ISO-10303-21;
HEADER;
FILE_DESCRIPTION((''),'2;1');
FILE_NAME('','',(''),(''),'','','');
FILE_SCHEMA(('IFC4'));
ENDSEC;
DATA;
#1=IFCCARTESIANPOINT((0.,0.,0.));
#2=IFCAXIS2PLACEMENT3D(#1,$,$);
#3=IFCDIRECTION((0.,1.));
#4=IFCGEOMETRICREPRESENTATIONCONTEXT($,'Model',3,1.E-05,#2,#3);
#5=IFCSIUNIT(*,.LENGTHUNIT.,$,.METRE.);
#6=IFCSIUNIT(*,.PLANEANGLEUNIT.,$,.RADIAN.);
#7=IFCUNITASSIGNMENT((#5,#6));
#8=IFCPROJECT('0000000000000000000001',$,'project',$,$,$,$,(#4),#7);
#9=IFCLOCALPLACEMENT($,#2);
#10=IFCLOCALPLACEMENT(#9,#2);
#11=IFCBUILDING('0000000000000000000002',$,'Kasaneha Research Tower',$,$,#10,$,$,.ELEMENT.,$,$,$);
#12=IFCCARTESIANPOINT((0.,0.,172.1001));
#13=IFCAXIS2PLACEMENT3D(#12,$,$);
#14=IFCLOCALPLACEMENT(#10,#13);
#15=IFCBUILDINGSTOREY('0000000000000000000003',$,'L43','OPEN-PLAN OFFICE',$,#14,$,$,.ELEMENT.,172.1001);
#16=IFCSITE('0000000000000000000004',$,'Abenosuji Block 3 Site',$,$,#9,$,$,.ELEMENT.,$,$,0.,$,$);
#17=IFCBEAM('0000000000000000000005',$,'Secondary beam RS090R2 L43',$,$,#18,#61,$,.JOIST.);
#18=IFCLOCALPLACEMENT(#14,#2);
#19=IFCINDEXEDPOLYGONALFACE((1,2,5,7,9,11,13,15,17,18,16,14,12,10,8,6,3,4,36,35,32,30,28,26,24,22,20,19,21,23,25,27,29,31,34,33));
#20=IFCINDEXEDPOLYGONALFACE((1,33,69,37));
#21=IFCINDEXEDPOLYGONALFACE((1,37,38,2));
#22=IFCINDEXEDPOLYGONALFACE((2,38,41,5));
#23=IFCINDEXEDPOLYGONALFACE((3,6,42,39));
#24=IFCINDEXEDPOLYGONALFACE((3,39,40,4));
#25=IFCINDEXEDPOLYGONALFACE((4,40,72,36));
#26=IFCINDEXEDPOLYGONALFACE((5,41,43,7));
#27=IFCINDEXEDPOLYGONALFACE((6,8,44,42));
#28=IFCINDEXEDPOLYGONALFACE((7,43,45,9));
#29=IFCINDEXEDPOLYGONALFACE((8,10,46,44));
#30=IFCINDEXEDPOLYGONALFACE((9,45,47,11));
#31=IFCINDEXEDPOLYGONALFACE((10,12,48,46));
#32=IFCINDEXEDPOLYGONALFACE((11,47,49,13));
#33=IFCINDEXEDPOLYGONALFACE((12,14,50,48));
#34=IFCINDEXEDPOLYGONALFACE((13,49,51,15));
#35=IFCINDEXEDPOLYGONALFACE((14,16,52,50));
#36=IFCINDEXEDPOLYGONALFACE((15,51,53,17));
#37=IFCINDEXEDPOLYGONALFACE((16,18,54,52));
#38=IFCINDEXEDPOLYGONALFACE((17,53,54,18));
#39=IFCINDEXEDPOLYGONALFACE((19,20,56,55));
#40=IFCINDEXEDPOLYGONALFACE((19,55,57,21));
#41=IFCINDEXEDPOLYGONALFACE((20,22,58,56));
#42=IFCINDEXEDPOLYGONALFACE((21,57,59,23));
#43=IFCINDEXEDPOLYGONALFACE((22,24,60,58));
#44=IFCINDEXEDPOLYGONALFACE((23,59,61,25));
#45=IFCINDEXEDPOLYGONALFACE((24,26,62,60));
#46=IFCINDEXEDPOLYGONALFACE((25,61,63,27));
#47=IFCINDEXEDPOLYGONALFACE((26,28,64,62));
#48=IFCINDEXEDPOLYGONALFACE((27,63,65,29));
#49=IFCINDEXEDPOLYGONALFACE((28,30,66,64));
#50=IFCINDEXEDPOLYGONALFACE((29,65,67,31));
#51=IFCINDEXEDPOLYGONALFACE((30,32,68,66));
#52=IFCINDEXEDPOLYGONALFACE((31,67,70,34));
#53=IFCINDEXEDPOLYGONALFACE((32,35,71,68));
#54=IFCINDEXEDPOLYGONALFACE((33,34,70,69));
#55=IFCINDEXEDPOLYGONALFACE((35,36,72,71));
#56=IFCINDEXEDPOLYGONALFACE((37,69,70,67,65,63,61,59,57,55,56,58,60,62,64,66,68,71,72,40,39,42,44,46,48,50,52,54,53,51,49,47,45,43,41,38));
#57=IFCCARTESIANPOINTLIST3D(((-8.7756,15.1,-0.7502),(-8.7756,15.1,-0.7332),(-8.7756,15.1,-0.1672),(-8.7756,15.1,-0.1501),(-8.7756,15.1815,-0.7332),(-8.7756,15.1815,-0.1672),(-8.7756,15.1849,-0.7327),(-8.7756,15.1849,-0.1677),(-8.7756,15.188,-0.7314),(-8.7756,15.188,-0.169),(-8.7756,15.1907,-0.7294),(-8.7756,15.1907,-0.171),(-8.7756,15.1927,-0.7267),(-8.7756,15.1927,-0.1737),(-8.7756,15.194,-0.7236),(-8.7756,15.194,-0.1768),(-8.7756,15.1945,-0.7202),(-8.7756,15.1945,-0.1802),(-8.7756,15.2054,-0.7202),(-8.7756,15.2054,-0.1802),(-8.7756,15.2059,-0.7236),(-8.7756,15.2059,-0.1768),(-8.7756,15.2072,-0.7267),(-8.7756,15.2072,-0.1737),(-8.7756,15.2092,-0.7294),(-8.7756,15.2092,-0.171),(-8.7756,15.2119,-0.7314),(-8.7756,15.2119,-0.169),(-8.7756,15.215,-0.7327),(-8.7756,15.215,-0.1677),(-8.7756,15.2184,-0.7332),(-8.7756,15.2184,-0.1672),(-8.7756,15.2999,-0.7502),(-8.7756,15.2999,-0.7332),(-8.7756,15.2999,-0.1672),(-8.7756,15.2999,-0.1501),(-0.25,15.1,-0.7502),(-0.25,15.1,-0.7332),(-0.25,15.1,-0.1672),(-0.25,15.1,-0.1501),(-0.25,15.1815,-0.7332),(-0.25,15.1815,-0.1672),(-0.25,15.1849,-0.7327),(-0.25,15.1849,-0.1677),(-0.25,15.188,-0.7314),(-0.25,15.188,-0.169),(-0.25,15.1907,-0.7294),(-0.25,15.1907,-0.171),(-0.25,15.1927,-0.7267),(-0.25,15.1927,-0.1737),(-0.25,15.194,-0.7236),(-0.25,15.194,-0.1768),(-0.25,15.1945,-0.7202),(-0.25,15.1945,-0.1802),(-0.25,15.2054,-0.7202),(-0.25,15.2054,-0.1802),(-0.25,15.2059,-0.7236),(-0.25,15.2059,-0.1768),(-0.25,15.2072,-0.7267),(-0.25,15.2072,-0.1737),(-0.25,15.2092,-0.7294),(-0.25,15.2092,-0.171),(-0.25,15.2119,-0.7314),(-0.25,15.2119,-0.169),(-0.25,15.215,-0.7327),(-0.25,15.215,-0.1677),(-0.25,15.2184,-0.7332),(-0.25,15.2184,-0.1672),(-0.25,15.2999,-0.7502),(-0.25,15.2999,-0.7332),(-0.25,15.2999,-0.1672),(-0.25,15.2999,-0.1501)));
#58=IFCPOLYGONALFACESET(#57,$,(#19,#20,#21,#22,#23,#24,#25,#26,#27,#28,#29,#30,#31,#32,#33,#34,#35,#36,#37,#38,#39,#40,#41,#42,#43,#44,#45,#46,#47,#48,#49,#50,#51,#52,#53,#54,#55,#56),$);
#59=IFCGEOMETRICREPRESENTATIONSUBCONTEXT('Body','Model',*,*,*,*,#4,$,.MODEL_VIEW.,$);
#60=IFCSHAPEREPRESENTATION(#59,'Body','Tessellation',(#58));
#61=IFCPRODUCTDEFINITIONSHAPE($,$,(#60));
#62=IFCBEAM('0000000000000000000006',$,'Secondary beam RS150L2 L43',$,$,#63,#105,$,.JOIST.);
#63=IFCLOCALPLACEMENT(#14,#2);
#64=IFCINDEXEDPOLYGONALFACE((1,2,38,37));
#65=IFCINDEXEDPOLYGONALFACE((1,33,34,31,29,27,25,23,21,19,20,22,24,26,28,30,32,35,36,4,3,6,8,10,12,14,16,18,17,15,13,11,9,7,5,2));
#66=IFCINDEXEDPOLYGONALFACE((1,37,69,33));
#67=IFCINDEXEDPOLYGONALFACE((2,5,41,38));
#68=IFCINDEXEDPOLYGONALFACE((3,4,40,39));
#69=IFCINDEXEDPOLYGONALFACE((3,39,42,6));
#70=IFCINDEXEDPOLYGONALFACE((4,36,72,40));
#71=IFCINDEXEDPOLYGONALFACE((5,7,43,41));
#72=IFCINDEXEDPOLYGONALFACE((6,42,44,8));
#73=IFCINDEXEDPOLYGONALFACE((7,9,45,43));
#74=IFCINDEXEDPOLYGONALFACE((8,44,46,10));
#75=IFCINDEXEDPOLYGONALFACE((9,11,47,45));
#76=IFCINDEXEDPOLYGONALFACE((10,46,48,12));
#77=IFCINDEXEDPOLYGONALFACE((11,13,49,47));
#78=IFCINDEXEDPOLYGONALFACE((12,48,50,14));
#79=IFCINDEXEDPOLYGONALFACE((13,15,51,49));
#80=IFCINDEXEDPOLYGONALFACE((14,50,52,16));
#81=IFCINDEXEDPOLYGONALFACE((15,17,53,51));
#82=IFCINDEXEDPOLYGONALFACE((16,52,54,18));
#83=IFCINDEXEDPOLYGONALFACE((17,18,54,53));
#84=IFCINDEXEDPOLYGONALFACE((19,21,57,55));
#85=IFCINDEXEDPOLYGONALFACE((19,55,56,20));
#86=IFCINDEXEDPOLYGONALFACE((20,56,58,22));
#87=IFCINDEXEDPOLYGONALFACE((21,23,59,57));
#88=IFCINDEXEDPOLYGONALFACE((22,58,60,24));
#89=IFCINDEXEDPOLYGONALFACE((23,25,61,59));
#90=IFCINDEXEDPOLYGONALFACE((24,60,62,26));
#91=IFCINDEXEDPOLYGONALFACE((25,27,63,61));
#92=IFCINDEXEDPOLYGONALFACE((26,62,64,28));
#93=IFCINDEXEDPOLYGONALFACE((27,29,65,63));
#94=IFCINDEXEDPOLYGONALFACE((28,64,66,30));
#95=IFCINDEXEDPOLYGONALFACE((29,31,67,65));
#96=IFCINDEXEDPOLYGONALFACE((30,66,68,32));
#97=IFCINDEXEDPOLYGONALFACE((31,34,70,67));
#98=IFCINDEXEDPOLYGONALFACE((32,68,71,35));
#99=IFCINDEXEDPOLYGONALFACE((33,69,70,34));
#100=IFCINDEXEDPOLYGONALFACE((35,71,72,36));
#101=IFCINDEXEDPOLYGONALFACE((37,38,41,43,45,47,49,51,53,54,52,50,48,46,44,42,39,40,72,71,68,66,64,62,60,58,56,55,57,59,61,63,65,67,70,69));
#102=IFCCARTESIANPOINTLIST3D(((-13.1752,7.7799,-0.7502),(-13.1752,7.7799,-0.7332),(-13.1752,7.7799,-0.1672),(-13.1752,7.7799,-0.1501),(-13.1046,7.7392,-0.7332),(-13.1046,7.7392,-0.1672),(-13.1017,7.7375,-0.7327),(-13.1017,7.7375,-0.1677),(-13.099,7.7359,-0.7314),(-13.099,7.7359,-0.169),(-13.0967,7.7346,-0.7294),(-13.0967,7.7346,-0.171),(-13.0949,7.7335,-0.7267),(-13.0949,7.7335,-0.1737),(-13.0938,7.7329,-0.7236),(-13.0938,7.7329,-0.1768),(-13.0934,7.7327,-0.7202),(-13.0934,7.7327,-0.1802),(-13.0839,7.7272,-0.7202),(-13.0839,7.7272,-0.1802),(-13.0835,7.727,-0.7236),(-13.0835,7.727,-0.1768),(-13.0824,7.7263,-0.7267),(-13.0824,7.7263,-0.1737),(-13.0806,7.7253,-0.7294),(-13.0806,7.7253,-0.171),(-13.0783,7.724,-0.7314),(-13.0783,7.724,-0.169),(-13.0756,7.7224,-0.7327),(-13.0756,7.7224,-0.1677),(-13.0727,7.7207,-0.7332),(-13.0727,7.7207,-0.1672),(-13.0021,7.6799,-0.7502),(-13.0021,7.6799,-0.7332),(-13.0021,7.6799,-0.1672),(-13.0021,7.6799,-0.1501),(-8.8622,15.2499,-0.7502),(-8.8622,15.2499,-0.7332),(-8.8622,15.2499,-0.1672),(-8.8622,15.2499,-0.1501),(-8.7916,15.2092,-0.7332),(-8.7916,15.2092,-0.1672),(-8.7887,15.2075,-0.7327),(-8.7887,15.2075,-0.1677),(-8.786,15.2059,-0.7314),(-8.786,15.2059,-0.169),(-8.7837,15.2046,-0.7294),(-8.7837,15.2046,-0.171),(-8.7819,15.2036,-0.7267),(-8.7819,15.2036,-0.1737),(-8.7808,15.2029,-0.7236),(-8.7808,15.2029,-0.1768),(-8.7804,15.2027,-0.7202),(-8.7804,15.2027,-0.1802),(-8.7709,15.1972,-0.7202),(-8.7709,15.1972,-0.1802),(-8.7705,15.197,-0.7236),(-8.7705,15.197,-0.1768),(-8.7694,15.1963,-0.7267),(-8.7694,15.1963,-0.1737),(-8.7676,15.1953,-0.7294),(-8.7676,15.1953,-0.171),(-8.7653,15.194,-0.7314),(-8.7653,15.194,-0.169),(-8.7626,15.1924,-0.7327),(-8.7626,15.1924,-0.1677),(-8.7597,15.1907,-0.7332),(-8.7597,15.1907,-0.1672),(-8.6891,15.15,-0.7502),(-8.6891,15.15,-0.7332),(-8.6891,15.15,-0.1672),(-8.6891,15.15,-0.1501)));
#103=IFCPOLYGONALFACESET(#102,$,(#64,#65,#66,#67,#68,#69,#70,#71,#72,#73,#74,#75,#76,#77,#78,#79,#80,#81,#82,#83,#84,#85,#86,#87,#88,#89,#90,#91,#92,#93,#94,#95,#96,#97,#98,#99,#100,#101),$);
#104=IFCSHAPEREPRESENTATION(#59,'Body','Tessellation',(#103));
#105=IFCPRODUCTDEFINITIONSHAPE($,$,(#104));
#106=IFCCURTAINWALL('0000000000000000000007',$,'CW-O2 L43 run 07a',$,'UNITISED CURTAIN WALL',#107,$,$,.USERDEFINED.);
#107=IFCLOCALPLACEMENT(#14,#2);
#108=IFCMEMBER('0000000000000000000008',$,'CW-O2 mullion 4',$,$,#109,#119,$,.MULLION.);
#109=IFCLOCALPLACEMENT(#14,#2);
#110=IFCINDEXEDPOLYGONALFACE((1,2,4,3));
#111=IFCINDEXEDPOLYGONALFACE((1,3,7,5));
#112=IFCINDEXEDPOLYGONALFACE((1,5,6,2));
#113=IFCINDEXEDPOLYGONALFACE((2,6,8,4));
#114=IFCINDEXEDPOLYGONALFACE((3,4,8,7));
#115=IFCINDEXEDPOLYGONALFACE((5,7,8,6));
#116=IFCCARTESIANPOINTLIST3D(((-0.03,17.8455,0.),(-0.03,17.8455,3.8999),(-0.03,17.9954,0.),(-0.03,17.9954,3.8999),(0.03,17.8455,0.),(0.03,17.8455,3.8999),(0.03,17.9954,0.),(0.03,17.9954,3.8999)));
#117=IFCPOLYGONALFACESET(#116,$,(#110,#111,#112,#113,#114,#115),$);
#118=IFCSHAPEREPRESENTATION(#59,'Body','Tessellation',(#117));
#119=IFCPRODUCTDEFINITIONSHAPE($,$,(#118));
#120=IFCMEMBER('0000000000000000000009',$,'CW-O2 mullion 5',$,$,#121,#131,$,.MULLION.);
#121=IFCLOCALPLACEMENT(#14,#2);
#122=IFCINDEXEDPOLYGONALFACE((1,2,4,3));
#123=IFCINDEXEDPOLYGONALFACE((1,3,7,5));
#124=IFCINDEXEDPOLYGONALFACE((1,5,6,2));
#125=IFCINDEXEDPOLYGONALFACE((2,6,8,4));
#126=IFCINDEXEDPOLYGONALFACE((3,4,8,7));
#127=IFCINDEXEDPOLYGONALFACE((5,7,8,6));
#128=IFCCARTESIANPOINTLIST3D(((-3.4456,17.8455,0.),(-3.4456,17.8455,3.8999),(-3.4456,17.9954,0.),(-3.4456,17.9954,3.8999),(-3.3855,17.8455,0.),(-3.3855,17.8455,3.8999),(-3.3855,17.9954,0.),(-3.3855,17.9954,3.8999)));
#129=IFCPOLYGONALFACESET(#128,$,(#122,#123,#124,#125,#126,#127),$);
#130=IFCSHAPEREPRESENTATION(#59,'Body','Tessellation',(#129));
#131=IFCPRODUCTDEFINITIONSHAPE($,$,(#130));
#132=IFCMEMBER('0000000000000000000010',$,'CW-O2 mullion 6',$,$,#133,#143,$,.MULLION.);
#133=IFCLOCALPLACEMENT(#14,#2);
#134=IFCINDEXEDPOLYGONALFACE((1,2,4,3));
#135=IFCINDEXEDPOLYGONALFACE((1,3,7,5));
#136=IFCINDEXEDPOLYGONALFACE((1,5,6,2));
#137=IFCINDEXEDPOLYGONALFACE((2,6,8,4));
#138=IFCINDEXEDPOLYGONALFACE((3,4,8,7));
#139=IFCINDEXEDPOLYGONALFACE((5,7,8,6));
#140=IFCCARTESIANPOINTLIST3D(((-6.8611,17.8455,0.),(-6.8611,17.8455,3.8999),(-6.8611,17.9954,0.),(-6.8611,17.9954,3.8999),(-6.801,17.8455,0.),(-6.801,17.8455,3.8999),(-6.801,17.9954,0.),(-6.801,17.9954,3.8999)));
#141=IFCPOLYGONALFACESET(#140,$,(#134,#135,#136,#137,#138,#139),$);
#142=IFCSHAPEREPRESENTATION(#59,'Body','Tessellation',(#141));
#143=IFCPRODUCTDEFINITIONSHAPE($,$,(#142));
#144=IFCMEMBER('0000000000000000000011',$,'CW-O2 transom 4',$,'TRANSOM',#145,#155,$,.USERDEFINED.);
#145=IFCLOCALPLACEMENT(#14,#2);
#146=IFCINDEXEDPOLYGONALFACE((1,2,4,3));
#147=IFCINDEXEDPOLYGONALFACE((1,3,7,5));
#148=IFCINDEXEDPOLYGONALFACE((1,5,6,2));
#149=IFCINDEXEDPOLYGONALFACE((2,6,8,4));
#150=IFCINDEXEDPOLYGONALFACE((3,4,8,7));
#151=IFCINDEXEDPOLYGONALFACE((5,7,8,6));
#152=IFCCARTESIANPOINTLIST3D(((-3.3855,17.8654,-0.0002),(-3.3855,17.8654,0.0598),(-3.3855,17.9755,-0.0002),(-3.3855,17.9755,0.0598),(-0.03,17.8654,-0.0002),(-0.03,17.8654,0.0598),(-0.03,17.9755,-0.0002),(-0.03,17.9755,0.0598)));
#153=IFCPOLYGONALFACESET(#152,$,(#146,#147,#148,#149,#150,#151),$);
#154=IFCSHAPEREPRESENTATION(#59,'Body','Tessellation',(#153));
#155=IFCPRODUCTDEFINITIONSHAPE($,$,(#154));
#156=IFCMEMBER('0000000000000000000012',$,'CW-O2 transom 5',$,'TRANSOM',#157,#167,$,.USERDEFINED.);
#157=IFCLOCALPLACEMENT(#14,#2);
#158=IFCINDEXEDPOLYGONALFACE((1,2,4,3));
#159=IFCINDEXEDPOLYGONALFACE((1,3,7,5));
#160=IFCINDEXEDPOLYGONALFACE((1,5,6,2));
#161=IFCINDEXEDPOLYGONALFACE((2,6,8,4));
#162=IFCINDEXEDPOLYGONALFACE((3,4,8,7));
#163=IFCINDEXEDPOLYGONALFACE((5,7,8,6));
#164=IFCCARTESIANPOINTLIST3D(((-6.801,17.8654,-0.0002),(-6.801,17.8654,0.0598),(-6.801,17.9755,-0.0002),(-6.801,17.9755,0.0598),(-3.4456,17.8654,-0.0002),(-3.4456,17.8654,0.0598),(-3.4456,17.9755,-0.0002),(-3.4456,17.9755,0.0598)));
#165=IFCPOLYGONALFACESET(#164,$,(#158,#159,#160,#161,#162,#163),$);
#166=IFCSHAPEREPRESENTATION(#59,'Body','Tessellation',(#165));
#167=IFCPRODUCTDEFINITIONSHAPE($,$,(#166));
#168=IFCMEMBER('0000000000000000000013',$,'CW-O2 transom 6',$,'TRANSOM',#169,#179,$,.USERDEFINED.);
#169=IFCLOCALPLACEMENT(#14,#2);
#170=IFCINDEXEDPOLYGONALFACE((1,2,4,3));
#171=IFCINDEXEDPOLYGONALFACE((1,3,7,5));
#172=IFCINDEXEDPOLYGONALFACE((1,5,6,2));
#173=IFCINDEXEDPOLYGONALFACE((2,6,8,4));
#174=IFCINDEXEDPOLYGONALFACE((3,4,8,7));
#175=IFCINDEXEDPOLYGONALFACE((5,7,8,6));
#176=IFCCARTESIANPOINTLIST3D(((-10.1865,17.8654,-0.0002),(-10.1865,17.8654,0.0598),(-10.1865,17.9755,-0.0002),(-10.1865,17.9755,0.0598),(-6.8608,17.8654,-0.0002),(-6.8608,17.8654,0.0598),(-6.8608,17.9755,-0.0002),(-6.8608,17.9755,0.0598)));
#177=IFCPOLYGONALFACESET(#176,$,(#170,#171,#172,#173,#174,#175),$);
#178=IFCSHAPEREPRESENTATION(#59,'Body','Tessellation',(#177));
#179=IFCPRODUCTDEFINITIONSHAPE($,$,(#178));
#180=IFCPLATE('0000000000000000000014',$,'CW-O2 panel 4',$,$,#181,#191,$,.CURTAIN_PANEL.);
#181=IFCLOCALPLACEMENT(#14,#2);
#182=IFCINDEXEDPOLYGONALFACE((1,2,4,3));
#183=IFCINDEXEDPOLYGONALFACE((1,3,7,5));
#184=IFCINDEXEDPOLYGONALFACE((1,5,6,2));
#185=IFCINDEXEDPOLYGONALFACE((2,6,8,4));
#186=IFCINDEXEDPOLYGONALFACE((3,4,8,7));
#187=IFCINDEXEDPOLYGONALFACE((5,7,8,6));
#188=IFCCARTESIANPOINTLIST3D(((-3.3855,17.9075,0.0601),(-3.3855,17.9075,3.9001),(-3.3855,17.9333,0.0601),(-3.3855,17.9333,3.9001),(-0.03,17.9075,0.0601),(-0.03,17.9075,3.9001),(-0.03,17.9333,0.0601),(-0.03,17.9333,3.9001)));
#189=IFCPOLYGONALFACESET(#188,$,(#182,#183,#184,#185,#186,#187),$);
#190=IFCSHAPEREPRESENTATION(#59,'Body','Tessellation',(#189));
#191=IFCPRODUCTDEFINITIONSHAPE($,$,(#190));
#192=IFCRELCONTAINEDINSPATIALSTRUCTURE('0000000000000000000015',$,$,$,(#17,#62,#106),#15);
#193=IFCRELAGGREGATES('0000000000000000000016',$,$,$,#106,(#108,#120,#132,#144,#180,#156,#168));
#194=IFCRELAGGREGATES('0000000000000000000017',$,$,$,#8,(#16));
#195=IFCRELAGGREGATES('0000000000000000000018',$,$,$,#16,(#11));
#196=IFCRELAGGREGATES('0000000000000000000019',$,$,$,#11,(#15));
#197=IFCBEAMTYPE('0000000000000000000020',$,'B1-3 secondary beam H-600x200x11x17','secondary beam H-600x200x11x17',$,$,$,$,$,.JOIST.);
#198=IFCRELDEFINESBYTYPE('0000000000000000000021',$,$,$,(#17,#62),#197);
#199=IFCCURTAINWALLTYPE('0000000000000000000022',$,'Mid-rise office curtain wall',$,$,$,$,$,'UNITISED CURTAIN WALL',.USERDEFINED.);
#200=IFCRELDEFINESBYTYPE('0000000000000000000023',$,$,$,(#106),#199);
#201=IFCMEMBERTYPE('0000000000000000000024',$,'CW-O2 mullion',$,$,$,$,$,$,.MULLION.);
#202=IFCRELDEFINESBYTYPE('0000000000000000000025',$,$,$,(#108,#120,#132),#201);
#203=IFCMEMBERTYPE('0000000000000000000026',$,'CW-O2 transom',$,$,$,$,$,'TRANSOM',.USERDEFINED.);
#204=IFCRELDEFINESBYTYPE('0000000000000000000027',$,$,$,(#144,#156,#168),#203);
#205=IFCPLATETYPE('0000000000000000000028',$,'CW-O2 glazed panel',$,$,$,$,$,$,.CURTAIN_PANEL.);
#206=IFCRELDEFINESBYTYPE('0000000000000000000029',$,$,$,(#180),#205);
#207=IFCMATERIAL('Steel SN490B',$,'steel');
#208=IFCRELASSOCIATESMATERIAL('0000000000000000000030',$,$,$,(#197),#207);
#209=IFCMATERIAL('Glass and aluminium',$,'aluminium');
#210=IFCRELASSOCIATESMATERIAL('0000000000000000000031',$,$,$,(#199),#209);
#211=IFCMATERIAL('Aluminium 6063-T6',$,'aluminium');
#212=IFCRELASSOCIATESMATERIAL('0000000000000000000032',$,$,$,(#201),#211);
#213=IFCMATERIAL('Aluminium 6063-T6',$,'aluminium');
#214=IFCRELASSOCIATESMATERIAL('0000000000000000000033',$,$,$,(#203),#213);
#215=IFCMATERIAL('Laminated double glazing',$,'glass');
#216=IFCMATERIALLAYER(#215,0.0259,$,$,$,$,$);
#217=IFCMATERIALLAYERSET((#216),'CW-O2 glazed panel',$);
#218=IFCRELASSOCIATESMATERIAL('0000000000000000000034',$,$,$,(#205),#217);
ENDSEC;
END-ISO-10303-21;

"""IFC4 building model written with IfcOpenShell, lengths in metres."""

from ifc_helpers import new_model, si_unit, direction, frame, origin, origin_2d, place, context, subcontext, project, spatial, rectangle, i_section, extrude, material, layer, layer_set, material_profile, profile_set, type_object, element, aggregate, save


model = new_model("IFC4")

# Units and contexts
model_context = context("Model", 3, precision=1e-05, world=origin(), true_north=direction((0.0, 1.0)))
body_context = subcontext(model_context, "Body", "Model", "MODEL_VIEW")
ifc_project = project(units=[si_unit("LENGTHUNIT", "METRE"), si_unit("PLANEANGLEUNIT", "RADIAN")], contexts=[model_context])

# Site, building, storey
site_placement = place(None, origin())
site = spatial("IfcSite", under=ifc_project, at=site_placement, Name="Abenosuji Block 3 Site", CompositionType="ELEMENT", RefElevation=0.0)
building_placement = place(site_placement, origin())
building = spatial("IfcBuilding", under=site, at=building_placement, Name="Kasaneha Research Tower", CompositionType="ELEMENT")
storey_placement = place(building_placement, frame((0.0, 0.0, 172.1001)))
storey = spatial("IfcBuildingStorey", under=building, at=storey_placement, Name="L43", Description="OPEN-PLAN OFFICE", CompositionType="ELEMENT", Elevation=172.1001)

# Beams
ifc_material_1 = material(Name="Steel SN490B", Category="steel")
ifc_material_profile_1 = material_profile(ifc_material_1, i_section(OverallWidth=0.2, OverallDepth=0.6001, WebThickness=0.011, FlangeThickness=0.0171, FilletRadius=0.0129, at=origin_2d()), Name="H-600x200x11x17")
ifc_profile_set_1 = profile_set([ifc_material_profile_1], Name="Steel SN490B")
beam_type = type_object("IfcBeamType", Name="B1-3 secondary beam H-600x200x11x17", Description="secondary beam H-600x200x11x17", PredefinedType="JOIST", material=ifc_profile_set_1)
beam_1_placement = place(storey_placement, frame((-8.7756, 15.2, -0.4502), z_axis=(1.0, 0.0, 0.0), x_axis=(0.0, 1.0, 0.0)))
element("IfcBeam", 1, at=beam_1_placement, inside=storey, type_object=beam_type, Name="Secondary beam RS090R2 L43", PredefinedType="JOIST", context=body_context, shape_type="SweptSolid", body=[
    extrude(i_section(OverallWidth=0.2, OverallDepth=0.6001, WebThickness=0.011, FlangeThickness=0.0171, FilletRadius=0.0129, at=origin_2d()), origin(), (0.0, 0.0, 1.0), 8.5256),
])
beam_2_placement = place(storey_placement, frame((-8.7756, 15.2, -0.4502), z_axis=(-0.500017, -0.866015, 0.0), x_axis=(0.866015, -0.500017, 0.0)))
element("IfcBeam", 2, at=beam_2_placement, inside=storey, type_object=beam_type, Name="Secondary beam RS150L2 L43", PredefinedType="JOIST", context=body_context, shape_type="SweptSolid", body=[
    extrude(i_section(OverallWidth=0.2, OverallDepth=0.6001, WebThickness=0.011, FlangeThickness=0.0171, FilletRadius=0.0129, at=origin_2d()), origin(), (0.0, 0.0, 1.0), 8.6257),
])

# Curtain wall, members, plate
ifc_material_2 = material(Name="Glass and aluminium", Category="aluminium")
curtain_wall_type = type_object("IfcCurtainWallType", Name="Mid-rise office curtain wall", ElementType="UNITISED CURTAIN WALL", PredefinedType="USERDEFINED", material=ifc_material_2)
curtain_wall_placement = place(storey_placement, origin())
curtain_wall = element("IfcCurtainWall", 3, at=curtain_wall_placement, inside=storey, type_object=curtain_wall_type, Name="CW-O2 L43 run 07a", ObjectType="UNITISED CURTAIN WALL", PredefinedType="USERDEFINED")
ifc_material_3 = material(Name="Aluminium 6063-T6", Category="aluminium")
ifc_material_profile_2 = material_profile(ifc_material_3, rectangle(XDim=0.0601, YDim=0.1499, at=origin_2d()), Name="CW-O2 mullion 60x150")
ifc_profile_set_2 = profile_set([ifc_material_profile_2], Name="Aluminium 6063-T6")
member_type_1 = type_object("IfcMemberType", Name="CW-O2 mullion", PredefinedType="MULLION", material=ifc_profile_set_2)
member_1_placement = place(storey_placement, frame((0.0, 17.9204, 0.0), z_axis=(0.0, 0.0, 1.0), x_axis=(-1.0, 0.0, 0.0)))
member_1 = element("IfcMember", 4, at=member_1_placement, type_object=member_type_1, Name="CW-O2 mullion 4", PredefinedType="MULLION", context=body_context, shape_type="SweptSolid", body=[
    extrude(rectangle(XDim=0.0601, YDim=0.1499, at=origin_2d()), origin(), (0.0, 0.0, 1.0), 3.8999),
])
member_2_placement = place(storey_placement, frame((-3.4155, 17.9204, 0.0), z_axis=(0.0, 0.0, 1.0), x_axis=(-1.0, 0.0, 0.0)))
member_2 = element("IfcMember", 5, at=member_2_placement, type_object=member_type_1, Name="CW-O2 mullion 5", PredefinedType="MULLION", context=body_context, shape_type="SweptSolid", body=[
    extrude(rectangle(XDim=0.0601, YDim=0.1499, at=origin_2d()), origin(), (0.0, 0.0, 1.0), 3.8999),
])
member_3_placement = place(storey_placement, frame((-6.8311, 17.9204, 0.0), z_axis=(0.0, 0.0, 1.0), x_axis=(-1.0, 0.0, 0.0)))
member_3 = element("IfcMember", 6, at=member_3_placement, type_object=member_type_1, Name="CW-O2 mullion 6", PredefinedType="MULLION", context=body_context, shape_type="SweptSolid", body=[
    extrude(rectangle(XDim=0.0601, YDim=0.1499, at=origin_2d()), origin(), (0.0, 0.0, 1.0), 3.8999),
])
ifc_material_4 = material(Name="Aluminium 6063-T6", Category="aluminium")
ifc_material_profile_3 = material_profile(ifc_material_4, rectangle(XDim=0.1101, YDim=0.0601, at=origin_2d()), Name="CW-O2 transom 110x60")
ifc_profile_set_3 = profile_set([ifc_material_profile_3], Name="Aluminium 6063-T6")
member_type_2 = type_object("IfcMemberType", Name="CW-O2 transom", ElementType="TRANSOM", PredefinedType="USERDEFINED", material=ifc_profile_set_3)
member_4_placement = place(storey_placement, frame((-0.03, 17.9204, 0.0298), z_axis=(-1.0, 0.0, 0.0), x_axis=(0.0, -1.0, 0.0)))
member_4 = element("IfcMember", 7, at=member_4_placement, type_object=member_type_2, Name="CW-O2 transom 4", ObjectType="TRANSOM", PredefinedType="USERDEFINED", context=body_context, shape_type="SweptSolid", body=[
    extrude(rectangle(XDim=0.1101, YDim=0.0601, at=origin_2d()), origin(), (0.0, 0.0, 1.0), 3.3555),
])
member_5_placement = place(storey_placement, frame((-3.4456, 17.9204, 0.0298), z_axis=(-1.0, 0.0, 0.0), x_axis=(0.0, -1.0, 0.0)))
member_5 = element("IfcMember", 8, at=member_5_placement, type_object=member_type_2, Name="CW-O2 transom 5", ObjectType="TRANSOM", PredefinedType="USERDEFINED", context=body_context, shape_type="SweptSolid", body=[
    extrude(rectangle(XDim=0.1101, YDim=0.0601, at=origin_2d()), origin(), (0.0, 0.0, 1.0), 3.3555),
])
member_6_placement = place(storey_placement, frame((-6.8608, 17.9204, 0.0298), z_axis=(-1.0, 0.0, 0.0), x_axis=(0.0, -1.0, 0.0)))
member_6 = element("IfcMember", 9, at=member_6_placement, type_object=member_type_2, Name="CW-O2 transom 6", ObjectType="TRANSOM", PredefinedType="USERDEFINED", context=body_context, shape_type="SweptSolid", body=[
    extrude(rectangle(XDim=0.1101, YDim=0.0601, at=origin_2d()), origin(), (0.0, 0.0, 1.0), 3.3257),
])
ifc_material_5 = material(Name="Laminated double glazing", Category="glass")
ifc_layer_1 = layer(ifc_material_5, 0.0259)
ifc_layer_set_1 = layer_set([ifc_layer_1], Name="CW-O2 glazed panel")
plate_type = type_object("IfcPlateType", Name="CW-O2 glazed panel", PredefinedType="CURTAIN_PANEL", material=ifc_layer_set_1)
plate_1_placement = place(storey_placement, frame((-1.7078, 17.9204, 0.0601), z_axis=(0.0, 0.0, 1.0), x_axis=(-1.0, 0.0, 0.0)))
plate_1 = element("IfcPlate", 10, at=plate_1_placement, type_object=plate_type, Name="CW-O2 panel 4", PredefinedType="CURTAIN_PANEL", context=body_context, shape_type="SweptSolid", body=[
    extrude(rectangle(XDim=3.3555, YDim=0.0259, at=origin_2d()), origin(), (0.0, 0.0, 1.0), 3.8401),
])
aggregate(curtain_wall, [member_1, member_2, member_3, member_4, plate_1, member_5, member_6])

save(model, "model.ifc")
